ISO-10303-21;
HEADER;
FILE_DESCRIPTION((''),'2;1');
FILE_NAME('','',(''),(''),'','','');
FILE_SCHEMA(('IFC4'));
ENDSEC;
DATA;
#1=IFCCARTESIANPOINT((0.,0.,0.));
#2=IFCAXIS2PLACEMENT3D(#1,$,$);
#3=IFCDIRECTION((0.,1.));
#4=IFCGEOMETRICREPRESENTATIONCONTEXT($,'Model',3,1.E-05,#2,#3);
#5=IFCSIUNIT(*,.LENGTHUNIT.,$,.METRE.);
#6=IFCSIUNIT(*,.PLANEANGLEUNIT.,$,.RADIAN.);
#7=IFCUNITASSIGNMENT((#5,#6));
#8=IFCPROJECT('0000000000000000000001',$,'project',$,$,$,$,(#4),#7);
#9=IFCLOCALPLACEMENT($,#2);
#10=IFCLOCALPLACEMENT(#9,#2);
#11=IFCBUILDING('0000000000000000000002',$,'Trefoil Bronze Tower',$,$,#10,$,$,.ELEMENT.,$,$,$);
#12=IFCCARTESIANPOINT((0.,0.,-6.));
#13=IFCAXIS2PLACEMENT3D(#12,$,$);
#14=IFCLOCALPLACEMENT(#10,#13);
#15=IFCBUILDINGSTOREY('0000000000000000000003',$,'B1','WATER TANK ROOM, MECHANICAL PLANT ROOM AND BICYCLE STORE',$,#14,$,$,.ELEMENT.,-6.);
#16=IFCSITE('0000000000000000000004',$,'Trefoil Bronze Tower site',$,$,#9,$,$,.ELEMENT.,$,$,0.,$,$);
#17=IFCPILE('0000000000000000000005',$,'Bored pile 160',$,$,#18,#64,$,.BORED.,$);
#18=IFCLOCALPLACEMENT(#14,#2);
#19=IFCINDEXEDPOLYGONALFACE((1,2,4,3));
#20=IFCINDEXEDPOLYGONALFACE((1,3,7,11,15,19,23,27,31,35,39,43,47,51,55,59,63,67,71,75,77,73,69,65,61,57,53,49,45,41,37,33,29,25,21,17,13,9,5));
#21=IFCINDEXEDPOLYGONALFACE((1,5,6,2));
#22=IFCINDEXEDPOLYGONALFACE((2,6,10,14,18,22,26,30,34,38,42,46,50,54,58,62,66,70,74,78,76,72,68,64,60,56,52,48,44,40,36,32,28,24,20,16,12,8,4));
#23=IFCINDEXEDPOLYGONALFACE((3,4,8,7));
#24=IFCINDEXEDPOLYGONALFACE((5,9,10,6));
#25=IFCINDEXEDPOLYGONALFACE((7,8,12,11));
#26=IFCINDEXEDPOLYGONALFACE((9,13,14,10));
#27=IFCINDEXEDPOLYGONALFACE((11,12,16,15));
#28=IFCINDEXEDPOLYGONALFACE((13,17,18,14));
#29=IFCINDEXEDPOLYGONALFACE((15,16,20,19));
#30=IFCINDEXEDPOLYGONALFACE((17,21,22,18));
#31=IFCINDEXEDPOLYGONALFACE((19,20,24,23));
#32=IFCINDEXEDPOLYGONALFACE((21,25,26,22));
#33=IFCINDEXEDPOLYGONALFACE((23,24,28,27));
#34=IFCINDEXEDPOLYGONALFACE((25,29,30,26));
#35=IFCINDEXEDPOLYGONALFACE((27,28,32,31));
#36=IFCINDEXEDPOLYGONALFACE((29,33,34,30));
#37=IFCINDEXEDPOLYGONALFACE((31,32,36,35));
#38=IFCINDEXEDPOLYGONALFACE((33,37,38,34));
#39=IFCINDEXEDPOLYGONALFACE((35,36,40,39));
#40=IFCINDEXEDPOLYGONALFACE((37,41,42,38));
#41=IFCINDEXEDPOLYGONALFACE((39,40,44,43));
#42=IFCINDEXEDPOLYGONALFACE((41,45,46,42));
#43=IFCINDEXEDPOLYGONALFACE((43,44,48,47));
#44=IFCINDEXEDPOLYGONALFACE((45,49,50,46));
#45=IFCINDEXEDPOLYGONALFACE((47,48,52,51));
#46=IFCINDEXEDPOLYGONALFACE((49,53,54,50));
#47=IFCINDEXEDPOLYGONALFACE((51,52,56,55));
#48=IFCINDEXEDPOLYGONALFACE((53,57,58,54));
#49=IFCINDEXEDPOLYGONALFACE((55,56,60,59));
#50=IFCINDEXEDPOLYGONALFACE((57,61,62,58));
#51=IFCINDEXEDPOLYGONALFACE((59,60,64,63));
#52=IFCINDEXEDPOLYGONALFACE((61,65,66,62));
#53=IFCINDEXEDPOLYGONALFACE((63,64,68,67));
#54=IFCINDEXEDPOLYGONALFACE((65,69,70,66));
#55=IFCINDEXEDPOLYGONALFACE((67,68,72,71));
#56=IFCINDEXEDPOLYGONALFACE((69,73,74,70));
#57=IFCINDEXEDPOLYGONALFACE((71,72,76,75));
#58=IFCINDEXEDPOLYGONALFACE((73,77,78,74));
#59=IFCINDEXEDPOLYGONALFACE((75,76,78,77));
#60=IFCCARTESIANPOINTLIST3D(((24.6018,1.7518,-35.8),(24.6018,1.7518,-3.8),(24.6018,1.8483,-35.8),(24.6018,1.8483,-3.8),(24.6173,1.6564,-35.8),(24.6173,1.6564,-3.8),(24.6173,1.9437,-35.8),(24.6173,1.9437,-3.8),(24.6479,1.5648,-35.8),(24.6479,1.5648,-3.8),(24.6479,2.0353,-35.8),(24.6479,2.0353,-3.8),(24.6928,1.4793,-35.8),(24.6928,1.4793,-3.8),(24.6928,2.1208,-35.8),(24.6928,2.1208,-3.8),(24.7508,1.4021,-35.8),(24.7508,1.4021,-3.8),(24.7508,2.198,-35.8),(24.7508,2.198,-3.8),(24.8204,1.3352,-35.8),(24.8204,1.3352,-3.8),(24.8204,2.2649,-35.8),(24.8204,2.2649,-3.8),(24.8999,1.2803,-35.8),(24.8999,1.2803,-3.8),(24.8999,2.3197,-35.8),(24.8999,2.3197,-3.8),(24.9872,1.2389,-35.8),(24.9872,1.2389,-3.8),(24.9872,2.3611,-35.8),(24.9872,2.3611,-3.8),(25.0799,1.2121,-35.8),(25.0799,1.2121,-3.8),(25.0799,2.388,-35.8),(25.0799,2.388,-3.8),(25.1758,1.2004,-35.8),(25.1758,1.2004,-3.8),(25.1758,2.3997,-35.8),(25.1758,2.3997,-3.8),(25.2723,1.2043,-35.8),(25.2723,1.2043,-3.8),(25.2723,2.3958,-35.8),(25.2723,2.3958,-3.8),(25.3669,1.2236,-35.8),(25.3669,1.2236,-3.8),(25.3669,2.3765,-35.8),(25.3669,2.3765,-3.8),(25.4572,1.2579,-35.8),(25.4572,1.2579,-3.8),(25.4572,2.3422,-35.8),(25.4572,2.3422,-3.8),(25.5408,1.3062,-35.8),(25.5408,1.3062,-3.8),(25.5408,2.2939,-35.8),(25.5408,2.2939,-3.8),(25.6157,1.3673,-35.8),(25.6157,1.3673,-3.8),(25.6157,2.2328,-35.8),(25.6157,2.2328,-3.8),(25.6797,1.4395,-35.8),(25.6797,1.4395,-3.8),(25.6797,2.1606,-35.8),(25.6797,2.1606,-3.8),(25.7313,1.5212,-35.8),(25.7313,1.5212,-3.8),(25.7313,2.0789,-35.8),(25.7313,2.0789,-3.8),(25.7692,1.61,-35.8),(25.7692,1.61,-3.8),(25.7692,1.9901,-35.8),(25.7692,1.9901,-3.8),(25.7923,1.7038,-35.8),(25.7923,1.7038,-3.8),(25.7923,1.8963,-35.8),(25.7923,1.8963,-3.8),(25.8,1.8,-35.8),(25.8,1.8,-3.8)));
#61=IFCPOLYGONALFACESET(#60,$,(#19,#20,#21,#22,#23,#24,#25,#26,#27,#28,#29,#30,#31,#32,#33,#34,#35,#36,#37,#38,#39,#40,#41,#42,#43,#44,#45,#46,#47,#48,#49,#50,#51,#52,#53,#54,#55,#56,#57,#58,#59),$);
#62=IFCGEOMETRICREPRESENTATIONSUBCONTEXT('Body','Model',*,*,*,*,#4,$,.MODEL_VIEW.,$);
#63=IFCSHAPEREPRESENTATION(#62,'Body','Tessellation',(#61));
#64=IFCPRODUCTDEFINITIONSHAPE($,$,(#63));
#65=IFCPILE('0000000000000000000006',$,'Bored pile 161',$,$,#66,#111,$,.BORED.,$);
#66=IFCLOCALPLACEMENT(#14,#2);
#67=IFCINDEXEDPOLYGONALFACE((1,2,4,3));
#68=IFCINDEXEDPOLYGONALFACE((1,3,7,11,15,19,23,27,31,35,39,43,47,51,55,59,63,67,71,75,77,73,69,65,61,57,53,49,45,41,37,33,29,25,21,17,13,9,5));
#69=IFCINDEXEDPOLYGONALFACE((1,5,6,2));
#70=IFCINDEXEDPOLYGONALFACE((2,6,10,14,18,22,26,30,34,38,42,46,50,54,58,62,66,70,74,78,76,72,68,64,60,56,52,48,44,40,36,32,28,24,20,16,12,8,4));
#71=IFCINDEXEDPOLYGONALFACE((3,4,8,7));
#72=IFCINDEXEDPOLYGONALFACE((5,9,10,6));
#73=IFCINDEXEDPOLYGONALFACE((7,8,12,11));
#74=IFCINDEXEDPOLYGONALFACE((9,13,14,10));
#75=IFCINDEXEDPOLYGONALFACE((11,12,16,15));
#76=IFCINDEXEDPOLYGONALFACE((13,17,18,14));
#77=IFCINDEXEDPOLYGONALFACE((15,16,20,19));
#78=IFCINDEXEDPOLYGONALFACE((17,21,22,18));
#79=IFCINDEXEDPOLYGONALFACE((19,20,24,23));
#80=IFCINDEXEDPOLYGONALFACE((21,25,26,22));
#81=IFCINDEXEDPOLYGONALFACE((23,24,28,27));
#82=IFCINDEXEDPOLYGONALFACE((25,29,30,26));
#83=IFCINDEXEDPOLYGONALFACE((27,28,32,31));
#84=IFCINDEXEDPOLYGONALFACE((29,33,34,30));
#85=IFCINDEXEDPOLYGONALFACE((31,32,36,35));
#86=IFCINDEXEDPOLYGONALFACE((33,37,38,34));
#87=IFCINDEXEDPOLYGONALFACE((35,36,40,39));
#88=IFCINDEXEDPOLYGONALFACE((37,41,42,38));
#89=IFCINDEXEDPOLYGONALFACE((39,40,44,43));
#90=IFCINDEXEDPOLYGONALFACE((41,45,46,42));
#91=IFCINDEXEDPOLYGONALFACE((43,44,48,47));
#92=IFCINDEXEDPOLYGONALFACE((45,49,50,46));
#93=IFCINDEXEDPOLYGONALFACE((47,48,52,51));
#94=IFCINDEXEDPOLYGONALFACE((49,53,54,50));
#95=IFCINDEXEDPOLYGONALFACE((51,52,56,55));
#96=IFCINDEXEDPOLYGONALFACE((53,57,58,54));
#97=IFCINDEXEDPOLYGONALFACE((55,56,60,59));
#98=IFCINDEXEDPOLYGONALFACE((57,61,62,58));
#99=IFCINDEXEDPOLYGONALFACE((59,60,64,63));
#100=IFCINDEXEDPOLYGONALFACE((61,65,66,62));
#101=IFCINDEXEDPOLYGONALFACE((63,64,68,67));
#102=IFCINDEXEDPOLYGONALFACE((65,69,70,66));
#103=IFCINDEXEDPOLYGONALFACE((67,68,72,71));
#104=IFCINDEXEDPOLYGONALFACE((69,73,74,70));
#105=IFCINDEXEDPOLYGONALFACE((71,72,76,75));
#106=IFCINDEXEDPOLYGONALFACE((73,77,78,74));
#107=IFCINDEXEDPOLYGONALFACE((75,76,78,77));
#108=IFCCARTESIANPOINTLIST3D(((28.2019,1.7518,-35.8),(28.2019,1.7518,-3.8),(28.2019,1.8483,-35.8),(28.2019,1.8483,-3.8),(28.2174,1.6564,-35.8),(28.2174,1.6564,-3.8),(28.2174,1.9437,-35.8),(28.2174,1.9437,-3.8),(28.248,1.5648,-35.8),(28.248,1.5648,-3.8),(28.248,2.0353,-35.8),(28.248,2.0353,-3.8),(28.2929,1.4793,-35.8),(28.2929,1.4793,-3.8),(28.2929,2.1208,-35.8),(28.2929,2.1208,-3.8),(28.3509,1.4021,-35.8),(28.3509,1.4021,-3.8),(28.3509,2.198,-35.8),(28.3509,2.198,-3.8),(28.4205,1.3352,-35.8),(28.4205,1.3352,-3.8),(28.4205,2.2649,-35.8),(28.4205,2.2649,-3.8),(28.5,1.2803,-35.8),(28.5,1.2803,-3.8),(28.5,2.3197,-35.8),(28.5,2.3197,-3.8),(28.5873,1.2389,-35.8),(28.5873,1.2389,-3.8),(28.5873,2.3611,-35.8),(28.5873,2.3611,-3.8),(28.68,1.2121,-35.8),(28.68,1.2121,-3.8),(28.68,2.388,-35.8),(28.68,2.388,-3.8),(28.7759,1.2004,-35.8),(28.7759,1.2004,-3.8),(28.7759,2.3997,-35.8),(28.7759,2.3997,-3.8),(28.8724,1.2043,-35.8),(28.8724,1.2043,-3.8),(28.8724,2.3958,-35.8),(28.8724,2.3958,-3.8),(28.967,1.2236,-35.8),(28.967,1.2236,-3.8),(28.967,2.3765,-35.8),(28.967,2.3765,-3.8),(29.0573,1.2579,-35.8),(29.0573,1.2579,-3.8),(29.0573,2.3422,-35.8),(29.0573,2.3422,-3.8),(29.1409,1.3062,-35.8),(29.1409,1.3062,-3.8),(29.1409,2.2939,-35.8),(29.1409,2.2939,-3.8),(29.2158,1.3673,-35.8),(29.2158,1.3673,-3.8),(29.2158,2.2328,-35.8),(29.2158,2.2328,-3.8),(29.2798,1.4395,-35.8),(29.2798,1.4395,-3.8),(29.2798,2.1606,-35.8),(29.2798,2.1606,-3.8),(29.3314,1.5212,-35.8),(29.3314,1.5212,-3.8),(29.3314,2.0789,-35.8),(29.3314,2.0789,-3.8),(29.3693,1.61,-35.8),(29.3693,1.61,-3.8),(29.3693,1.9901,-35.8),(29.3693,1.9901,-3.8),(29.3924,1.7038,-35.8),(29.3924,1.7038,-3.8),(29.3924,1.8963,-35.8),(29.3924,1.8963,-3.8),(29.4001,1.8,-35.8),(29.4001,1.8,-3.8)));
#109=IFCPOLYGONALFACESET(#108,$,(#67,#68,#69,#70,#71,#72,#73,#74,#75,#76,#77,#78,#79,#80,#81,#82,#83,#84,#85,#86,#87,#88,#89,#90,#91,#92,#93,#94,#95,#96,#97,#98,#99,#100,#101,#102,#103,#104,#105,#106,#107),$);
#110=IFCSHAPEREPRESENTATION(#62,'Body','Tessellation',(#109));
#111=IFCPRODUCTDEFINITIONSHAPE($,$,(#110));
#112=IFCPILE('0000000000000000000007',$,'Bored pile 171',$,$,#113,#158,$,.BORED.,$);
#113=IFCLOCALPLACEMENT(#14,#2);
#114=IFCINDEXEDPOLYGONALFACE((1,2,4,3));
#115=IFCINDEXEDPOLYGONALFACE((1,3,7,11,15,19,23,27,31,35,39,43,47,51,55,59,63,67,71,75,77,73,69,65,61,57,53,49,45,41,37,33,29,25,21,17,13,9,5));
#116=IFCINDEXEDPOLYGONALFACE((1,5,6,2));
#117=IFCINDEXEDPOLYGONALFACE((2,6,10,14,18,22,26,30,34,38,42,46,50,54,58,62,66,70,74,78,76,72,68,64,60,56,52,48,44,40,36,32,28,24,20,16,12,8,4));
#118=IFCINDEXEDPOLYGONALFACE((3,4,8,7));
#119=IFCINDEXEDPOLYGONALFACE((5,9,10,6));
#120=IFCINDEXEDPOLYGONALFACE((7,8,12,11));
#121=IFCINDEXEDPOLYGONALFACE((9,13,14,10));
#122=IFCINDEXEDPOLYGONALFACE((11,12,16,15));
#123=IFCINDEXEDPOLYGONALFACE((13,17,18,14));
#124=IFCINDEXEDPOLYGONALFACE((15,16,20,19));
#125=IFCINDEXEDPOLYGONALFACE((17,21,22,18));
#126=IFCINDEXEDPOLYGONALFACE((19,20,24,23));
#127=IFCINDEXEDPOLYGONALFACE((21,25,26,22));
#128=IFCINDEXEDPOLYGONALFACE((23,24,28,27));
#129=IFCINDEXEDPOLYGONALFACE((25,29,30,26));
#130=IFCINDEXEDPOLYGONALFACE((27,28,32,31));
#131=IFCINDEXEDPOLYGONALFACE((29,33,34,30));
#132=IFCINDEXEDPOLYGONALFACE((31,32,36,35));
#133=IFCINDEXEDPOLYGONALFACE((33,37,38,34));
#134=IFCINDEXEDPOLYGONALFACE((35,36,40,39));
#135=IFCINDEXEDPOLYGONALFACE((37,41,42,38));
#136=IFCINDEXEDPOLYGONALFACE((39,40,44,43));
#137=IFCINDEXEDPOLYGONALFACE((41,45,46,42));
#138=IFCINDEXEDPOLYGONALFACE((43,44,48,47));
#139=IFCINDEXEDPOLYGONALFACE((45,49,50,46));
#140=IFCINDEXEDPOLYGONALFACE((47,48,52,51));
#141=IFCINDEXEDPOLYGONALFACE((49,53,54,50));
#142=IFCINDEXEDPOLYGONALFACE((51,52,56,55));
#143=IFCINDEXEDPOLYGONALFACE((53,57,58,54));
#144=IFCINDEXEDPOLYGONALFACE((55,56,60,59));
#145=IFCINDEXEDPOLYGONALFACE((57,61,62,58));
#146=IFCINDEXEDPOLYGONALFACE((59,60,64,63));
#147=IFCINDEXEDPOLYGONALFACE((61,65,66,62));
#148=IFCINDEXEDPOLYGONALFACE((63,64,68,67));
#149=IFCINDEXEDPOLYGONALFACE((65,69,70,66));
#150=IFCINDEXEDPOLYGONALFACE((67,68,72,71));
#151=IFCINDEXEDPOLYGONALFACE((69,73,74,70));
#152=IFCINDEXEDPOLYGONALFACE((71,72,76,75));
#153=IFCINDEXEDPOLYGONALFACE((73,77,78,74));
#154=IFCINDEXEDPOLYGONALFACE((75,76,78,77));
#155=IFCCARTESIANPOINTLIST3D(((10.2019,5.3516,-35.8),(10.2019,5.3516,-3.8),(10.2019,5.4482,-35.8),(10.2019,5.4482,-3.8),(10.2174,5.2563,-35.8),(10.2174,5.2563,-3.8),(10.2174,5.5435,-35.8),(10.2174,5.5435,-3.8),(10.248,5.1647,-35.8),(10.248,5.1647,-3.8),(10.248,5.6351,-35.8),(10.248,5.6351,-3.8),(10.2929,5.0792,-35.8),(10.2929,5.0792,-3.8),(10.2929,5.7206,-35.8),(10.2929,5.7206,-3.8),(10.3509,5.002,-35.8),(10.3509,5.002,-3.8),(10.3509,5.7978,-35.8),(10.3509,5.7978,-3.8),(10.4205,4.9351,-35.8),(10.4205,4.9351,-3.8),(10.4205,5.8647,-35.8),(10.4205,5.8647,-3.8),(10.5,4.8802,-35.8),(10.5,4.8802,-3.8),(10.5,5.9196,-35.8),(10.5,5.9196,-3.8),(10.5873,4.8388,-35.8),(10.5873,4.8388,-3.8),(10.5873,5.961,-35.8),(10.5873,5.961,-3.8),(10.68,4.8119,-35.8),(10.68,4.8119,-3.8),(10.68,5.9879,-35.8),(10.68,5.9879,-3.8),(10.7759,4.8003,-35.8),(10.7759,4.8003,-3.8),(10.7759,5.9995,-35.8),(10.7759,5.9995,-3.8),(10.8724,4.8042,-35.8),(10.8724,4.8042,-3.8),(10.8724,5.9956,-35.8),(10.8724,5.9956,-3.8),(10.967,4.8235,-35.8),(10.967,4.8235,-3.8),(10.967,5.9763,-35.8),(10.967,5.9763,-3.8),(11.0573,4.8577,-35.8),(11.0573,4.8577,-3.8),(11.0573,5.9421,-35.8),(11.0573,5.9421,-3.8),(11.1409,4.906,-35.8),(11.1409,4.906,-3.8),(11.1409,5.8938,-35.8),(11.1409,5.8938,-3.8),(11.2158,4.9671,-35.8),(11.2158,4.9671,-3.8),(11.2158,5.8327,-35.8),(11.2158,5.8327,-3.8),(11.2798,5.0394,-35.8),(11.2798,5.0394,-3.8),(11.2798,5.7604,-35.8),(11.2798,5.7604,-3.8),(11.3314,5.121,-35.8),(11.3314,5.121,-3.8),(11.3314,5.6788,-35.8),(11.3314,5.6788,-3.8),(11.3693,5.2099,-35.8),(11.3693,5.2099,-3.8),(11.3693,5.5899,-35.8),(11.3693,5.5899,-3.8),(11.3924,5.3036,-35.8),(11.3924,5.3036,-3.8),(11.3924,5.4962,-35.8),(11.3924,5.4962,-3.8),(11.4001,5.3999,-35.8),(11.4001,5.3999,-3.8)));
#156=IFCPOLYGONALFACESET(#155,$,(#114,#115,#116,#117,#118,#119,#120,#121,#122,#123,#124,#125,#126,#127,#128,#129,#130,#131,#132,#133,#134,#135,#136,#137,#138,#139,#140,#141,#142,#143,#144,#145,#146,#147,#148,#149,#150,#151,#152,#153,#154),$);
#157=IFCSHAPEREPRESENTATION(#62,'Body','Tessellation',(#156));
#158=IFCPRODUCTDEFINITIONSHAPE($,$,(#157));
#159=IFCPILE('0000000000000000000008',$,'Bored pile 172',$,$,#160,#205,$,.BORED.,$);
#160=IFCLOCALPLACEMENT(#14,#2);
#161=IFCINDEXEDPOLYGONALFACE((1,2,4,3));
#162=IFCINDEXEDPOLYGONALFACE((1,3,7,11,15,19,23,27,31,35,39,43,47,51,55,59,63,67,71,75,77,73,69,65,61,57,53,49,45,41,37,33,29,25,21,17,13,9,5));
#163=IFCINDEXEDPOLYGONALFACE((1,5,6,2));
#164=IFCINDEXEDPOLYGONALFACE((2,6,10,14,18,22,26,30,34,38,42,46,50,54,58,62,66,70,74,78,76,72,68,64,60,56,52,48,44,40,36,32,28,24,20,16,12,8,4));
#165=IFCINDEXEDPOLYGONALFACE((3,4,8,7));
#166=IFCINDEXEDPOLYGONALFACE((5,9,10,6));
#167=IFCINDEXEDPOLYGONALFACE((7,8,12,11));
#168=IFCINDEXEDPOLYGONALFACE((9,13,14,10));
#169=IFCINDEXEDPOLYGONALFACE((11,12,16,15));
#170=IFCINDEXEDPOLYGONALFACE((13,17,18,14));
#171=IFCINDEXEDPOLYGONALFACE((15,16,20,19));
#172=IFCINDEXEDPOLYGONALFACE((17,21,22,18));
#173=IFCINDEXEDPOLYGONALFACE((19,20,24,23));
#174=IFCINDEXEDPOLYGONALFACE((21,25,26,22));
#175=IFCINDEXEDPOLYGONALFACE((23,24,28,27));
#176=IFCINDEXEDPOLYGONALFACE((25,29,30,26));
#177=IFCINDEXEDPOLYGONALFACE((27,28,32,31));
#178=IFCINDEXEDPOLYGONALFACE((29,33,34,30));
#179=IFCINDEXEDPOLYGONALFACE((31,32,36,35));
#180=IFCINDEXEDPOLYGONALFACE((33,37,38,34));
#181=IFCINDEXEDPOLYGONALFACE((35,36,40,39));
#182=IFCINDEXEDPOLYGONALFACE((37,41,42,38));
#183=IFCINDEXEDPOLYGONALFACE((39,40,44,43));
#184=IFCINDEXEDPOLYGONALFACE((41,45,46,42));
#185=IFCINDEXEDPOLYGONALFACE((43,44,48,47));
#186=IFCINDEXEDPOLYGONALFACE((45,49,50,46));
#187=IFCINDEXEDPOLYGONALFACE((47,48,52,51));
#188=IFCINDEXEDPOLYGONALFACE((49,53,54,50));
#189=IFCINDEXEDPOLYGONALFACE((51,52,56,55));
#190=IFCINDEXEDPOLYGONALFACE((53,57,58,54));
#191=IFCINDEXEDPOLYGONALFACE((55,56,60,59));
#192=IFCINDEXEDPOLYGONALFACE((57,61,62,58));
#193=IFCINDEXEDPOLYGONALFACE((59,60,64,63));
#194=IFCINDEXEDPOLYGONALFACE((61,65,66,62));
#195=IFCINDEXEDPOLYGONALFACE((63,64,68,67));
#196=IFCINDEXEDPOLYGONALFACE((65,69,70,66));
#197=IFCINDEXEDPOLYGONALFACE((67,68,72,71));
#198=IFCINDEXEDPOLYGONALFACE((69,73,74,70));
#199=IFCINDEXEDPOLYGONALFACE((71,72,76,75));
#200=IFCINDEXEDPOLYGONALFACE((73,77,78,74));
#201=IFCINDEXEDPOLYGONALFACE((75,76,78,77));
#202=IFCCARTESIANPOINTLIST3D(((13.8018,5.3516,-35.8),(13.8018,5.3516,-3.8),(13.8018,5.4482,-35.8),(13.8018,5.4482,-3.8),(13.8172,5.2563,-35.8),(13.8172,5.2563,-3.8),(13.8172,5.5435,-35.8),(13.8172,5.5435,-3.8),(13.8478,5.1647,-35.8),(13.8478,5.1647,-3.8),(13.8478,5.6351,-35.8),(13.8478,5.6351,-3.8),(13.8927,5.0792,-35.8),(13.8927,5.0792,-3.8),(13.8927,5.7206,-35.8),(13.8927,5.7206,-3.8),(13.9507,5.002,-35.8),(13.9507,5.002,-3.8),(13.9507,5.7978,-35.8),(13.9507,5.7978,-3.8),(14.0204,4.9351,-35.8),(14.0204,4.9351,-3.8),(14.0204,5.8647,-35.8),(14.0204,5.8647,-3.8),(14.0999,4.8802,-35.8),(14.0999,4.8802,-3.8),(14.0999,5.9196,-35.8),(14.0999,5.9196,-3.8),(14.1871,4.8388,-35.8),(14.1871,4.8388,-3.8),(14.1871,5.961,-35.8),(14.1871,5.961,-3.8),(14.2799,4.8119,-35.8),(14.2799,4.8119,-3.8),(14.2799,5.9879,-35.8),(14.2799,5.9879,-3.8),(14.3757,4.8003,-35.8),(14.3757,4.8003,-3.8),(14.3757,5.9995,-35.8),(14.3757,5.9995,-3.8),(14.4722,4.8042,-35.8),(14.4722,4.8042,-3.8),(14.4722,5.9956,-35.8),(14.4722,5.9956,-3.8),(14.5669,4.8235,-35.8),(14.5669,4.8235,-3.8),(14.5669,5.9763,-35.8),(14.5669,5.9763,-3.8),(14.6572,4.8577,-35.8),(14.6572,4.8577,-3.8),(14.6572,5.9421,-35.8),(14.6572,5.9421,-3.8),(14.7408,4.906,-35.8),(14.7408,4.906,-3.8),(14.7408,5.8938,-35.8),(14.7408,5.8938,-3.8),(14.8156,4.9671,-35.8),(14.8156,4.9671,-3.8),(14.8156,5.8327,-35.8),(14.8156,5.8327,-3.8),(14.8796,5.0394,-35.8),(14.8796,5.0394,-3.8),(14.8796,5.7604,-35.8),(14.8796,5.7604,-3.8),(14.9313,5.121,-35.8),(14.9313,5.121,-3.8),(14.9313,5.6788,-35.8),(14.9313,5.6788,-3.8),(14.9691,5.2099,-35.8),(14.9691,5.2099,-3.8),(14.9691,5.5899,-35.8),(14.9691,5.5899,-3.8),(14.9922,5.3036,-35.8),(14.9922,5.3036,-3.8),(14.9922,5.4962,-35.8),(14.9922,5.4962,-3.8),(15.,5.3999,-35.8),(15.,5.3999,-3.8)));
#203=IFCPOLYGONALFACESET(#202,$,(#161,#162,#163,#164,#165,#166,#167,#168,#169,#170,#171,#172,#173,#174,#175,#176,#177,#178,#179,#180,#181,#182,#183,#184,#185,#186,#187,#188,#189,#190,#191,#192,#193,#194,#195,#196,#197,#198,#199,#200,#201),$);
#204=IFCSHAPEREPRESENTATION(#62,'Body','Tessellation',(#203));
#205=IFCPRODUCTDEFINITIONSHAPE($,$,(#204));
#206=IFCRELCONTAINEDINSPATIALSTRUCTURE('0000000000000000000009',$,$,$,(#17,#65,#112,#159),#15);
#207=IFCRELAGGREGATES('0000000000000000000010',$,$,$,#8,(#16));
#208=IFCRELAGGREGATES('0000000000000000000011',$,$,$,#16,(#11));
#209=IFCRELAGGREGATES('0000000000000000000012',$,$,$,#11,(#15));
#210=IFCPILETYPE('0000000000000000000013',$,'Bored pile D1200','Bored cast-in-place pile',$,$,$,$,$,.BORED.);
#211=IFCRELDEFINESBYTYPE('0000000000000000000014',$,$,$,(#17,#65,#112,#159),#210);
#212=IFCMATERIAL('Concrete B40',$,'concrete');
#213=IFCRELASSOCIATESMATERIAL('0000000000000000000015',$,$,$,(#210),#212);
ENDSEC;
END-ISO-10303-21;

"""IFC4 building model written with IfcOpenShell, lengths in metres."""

from ifc_helpers import new_model, si_unit, direction, frame, origin, origin_2d, place, context, subcontext, project, spatial, circle, extrude, material, type_object, element, save


model = new_model("IFC4")

# Units and contexts
model_context = context("Model", 3, precision=1e-05, world=origin(), true_north=direction((0.0, 1.0)))
body_context = subcontext(model_context, "Body", "Model", "MODEL_VIEW")
ifc_project = project(units=[si_unit("LENGTHUNIT", "METRE"), si_unit("PLANEANGLEUNIT", "RADIAN")], contexts=[model_context])

# Site, building, storey
site_placement = place(None, origin())
site = spatial("IfcSite", under=ifc_project, at=site_placement, Name="Trefoil Bronze Tower site", CompositionType="ELEMENT", RefElevation=0.0)
building_placement = place(site_placement, origin())
building = spatial("IfcBuilding", under=site, at=building_placement, Name="Trefoil Bronze Tower", CompositionType="ELEMENT")
storey_placement = place(building_placement, frame((0.0, 0.0, -6.0)))
storey = spatial("IfcBuildingStorey", under=building, at=storey_placement, Name="B1", Description="WATER TANK ROOM, MECHANICAL PLANT ROOM AND BICYCLE STORE", CompositionType="ELEMENT", Elevation=-6.0)

# Piles
ifc_material_1 = material(Name="Concrete B40", Category="concrete")
pile_type = type_object("IfcPileType", Name="Bored pile D1200", Description="Bored cast-in-place pile", PredefinedType="BORED", material=ifc_material_1)
for number, where, z_axis, x_axis, name in (
    (1, (25.2, 1.8, -3.8), (0.0, 0.0, -1.0), (1.0, 0.0, 0.0), "Bored pile 160"),
    (2, (28.8, 1.8, -3.8), (0.0, 0.0, -1.0), (1.0, 0.0, 0.0), "Bored pile 161"),
    (3, (10.8, 5.3999, -3.8), (0.0, 0.0, -1.0), (1.0, 0.0, 0.0), "Bored pile 171"),
    (4, (14.3999, 5.3999, -3.8), (0.0, 0.0, -1.0), (1.0, 0.0, 0.0), "Bored pile 172"),
):
    element("IfcPile", number, at=place(storey_placement, frame(where, z_axis=z_axis, x_axis=x_axis)), inside=storey, type_object=pile_type, Name=name, PredefinedType="BORED", context=body_context, shape_type="SweptSolid", body=[
        extrude(circle(Radius=0.6001, at=origin_2d()), origin(), (0.0, 0.0, 1.0), 32.0),
    ])

save(model, "model.ifc")
